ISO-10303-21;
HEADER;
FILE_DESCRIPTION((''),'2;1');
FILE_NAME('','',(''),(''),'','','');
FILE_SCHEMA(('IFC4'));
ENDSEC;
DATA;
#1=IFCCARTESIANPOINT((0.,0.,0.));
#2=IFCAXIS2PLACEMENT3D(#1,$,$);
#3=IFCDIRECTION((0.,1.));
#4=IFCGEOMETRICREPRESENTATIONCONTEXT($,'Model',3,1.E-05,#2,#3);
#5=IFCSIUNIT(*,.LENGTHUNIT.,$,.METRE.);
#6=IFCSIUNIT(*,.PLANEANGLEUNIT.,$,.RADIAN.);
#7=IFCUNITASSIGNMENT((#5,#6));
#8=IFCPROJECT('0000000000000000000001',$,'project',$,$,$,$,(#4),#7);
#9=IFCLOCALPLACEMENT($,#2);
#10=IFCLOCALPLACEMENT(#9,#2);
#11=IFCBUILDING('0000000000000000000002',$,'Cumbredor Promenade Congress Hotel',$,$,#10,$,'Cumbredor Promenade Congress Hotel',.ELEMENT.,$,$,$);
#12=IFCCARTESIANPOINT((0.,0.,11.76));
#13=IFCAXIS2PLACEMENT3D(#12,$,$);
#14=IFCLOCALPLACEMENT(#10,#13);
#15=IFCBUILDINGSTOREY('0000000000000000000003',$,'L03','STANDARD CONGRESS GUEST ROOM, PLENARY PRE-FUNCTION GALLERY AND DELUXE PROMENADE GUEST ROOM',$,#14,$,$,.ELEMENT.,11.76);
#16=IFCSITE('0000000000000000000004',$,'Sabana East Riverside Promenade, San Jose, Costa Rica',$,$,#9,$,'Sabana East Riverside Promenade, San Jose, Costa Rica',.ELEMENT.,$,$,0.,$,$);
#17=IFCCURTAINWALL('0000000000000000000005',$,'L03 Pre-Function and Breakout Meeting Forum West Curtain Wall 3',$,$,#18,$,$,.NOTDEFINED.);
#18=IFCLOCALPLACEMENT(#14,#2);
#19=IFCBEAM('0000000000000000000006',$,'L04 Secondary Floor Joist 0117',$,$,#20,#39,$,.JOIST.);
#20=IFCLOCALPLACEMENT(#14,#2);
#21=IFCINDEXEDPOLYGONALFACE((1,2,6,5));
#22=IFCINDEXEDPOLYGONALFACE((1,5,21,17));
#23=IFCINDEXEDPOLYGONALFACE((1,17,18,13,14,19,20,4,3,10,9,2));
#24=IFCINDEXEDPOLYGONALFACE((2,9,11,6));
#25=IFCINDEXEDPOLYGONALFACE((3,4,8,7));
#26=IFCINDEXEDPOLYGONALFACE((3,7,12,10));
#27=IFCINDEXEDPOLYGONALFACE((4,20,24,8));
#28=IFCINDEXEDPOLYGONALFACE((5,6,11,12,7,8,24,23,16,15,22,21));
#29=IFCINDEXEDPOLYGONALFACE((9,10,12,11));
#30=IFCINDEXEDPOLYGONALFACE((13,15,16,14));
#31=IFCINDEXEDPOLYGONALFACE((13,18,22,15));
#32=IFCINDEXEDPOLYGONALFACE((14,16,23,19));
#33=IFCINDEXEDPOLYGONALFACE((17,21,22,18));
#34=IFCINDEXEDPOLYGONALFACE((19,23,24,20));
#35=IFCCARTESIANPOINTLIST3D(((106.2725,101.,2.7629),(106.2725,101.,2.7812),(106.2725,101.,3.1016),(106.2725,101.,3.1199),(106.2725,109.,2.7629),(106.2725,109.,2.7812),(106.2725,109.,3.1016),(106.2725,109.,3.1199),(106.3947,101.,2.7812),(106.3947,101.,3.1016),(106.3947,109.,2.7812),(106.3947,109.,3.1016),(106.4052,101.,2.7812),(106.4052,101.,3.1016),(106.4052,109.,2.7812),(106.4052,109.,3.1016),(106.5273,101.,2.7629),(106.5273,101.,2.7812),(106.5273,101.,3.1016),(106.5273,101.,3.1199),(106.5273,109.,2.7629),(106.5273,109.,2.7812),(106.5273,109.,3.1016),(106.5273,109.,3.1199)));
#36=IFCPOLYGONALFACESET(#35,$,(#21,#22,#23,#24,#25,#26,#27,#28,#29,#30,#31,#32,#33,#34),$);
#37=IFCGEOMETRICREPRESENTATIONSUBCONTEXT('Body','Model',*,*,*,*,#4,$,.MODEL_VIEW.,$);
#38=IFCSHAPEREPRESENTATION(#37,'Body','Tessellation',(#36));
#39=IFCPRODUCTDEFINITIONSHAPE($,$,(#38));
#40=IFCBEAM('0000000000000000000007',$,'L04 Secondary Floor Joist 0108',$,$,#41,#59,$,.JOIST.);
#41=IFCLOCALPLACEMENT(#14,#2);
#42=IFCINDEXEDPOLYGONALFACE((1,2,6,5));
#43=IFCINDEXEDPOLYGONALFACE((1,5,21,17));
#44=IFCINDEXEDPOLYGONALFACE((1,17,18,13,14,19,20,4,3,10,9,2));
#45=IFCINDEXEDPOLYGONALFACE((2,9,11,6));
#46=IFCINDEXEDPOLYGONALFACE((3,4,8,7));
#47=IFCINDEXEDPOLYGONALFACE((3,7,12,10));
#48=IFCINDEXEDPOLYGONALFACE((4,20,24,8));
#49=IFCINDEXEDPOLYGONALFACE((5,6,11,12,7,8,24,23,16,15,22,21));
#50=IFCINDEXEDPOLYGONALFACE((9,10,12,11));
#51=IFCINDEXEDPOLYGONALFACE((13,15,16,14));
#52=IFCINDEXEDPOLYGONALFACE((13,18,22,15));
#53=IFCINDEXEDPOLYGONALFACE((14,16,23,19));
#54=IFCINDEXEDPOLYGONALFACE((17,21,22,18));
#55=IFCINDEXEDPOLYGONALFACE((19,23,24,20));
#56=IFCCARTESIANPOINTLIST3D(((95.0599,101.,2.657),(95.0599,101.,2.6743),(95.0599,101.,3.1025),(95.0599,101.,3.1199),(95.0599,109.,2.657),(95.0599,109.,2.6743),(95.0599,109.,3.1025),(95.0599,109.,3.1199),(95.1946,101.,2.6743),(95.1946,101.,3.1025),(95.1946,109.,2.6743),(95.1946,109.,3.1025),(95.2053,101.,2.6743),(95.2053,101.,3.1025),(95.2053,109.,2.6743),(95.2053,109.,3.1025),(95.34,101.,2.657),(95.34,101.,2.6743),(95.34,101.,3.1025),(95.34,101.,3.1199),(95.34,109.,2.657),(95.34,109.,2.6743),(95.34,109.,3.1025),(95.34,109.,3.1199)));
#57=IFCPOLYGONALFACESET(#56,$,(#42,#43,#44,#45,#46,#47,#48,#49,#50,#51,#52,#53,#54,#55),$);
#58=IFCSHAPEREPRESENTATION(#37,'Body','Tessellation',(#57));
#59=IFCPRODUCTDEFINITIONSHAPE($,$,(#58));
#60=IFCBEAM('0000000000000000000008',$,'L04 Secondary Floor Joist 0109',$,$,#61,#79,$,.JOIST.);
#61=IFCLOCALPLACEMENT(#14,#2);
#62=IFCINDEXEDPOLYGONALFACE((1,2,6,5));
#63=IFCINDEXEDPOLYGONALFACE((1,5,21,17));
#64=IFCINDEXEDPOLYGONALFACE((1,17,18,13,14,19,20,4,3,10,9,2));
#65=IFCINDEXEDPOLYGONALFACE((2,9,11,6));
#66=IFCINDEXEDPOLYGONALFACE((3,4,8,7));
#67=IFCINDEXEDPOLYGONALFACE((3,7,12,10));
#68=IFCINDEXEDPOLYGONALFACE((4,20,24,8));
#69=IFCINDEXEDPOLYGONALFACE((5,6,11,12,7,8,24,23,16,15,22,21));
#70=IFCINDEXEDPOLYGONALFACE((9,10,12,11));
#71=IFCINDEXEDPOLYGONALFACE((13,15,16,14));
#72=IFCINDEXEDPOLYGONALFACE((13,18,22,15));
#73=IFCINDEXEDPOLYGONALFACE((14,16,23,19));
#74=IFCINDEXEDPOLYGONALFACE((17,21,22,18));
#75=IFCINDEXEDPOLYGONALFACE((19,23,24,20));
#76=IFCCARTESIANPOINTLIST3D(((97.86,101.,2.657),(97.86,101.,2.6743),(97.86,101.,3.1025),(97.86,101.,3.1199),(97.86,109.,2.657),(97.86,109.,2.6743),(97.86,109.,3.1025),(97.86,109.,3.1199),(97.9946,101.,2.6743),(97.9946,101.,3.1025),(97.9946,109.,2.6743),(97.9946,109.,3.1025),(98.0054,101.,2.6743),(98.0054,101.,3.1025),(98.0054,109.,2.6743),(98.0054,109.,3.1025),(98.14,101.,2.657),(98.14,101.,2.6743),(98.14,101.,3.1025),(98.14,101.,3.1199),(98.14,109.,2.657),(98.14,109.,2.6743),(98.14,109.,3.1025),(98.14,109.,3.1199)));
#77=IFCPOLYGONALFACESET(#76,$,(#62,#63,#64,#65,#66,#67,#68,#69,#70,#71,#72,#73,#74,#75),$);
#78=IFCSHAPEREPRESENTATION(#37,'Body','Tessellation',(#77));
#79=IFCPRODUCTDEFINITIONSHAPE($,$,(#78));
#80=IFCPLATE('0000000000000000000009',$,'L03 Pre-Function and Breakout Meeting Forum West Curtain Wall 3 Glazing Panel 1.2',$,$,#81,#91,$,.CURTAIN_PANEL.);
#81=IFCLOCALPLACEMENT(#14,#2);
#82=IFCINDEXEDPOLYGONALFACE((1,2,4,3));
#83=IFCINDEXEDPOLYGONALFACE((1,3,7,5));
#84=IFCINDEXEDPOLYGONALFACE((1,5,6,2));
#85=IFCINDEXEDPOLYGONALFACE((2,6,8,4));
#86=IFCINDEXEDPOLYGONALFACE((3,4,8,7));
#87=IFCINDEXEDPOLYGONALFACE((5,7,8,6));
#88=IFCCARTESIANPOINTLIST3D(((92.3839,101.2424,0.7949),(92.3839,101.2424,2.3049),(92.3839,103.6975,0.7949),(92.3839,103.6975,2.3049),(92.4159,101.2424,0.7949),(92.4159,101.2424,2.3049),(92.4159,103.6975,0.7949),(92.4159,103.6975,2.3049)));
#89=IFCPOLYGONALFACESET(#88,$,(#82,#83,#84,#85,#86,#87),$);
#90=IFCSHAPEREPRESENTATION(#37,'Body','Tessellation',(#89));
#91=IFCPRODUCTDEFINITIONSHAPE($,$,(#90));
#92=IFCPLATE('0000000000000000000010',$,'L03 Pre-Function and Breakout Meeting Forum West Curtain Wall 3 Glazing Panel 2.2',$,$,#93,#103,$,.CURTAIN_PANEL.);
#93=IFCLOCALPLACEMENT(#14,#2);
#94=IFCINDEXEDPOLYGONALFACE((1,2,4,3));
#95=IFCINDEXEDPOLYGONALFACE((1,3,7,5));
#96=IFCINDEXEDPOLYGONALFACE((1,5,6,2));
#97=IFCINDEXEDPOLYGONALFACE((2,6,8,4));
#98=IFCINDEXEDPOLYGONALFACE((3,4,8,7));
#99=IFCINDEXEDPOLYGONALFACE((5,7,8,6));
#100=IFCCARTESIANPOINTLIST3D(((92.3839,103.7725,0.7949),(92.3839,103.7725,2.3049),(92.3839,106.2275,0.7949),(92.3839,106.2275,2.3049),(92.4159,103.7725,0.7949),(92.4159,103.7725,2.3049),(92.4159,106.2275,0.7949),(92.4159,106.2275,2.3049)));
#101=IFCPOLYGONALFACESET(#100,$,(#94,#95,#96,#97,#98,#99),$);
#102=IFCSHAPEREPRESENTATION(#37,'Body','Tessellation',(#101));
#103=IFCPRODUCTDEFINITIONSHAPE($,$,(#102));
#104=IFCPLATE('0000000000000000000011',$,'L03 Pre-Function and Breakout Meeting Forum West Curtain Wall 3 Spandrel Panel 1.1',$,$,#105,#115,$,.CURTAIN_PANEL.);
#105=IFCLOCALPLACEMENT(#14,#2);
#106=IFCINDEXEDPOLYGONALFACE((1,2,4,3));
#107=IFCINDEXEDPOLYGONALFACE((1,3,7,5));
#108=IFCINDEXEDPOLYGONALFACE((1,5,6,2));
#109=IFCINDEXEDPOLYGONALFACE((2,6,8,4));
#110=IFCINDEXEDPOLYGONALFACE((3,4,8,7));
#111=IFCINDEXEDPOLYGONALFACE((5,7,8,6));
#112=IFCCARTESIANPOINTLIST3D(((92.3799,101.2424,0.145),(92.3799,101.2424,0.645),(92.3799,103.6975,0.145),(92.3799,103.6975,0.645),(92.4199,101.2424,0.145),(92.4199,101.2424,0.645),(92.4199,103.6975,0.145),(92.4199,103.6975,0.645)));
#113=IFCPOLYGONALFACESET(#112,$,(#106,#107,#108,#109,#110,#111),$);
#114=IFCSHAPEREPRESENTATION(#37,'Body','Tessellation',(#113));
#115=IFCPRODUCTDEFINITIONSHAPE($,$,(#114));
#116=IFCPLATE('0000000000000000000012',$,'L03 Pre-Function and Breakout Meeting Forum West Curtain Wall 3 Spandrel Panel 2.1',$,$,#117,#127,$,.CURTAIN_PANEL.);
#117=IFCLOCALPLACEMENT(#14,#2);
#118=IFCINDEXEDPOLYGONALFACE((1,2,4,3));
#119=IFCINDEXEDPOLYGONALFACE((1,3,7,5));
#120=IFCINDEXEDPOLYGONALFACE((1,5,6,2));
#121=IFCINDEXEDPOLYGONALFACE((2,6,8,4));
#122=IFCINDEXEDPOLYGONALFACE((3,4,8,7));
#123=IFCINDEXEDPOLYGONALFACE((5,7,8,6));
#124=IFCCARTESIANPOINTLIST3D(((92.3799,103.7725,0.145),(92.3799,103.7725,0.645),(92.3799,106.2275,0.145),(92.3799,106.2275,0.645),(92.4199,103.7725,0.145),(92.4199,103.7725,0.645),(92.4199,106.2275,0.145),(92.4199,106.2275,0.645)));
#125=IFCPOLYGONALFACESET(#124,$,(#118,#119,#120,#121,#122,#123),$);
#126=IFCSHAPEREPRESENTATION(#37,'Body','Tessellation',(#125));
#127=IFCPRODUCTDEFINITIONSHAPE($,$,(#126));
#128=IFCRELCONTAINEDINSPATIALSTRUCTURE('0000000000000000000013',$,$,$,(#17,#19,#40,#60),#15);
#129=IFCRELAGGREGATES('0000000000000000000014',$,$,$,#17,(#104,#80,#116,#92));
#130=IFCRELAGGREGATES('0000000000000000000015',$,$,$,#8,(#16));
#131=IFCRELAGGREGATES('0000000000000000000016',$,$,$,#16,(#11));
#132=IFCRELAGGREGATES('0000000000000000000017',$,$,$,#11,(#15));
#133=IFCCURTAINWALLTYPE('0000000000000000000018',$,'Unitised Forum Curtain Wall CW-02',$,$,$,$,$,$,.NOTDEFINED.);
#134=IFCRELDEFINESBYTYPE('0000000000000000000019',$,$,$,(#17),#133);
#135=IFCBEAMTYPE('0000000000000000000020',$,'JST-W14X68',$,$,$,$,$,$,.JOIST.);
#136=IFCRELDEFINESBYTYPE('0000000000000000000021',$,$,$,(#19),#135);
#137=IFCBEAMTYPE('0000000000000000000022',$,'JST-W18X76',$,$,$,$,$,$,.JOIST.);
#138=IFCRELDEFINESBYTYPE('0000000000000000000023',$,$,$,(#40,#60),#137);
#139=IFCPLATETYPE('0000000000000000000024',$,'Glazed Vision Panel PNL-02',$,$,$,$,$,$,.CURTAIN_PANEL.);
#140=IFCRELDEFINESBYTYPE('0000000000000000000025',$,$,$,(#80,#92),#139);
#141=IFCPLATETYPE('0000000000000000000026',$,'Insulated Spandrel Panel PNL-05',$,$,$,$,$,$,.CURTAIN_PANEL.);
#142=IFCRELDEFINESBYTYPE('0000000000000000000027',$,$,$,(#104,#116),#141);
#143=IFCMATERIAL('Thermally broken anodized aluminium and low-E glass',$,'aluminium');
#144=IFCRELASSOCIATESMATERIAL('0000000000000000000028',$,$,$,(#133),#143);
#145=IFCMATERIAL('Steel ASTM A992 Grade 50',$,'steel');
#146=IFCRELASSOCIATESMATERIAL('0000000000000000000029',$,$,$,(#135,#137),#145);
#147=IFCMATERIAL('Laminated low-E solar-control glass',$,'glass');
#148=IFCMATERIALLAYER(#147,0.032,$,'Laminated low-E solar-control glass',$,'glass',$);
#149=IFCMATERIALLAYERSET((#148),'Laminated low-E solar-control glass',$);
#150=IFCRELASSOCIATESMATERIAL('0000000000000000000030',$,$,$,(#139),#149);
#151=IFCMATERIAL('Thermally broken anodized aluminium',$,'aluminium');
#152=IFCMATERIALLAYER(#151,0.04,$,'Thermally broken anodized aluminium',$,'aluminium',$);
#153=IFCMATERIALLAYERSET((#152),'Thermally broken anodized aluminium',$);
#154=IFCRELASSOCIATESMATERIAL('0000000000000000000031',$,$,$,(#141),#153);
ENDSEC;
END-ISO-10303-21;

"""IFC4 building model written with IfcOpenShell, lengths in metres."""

from ifc_helpers import new_model, si_unit, direction, frame, origin, origin_2d, place, context, subcontext, project, spatial, rectangle, i_section, extrude, material, layer, layer_set, material_profile, profile_set, type_object, element, aggregate, save


model = new_model("IFC4")

# Units and contexts
model_context = context("Model", 3, precision=1e-05, world=origin(), true_north=direction((0.0, 1.0)))
body_context = subcontext(model_context, "Body", "Model", "MODEL_VIEW")
ifc_project = project(units=[si_unit("LENGTHUNIT", "METRE"), si_unit("PLANEANGLEUNIT", "RADIAN")], contexts=[model_context])

# Site, building, storey
site_placement = place(None, origin())
site = spatial("IfcSite", under=ifc_project, at=site_placement, Name="Sabana East Riverside Promenade, San Jose, Costa Rica", LongName="Sabana East Riverside Promenade, San Jose, Costa Rica", CompositionType="ELEMENT", RefElevation=0.0)
building_placement = place(site_placement, origin())
building = spatial("IfcBuilding", under=site, at=building_placement, Name="Cumbredor Promenade Congress Hotel", LongName="Cumbredor Promenade Congress Hotel", CompositionType="ELEMENT")
storey_placement = place(building_placement, frame((0.0, 0.0, 11.76)))
storey = spatial("IfcBuildingStorey", under=building, at=storey_placement, Name="L03", Description="STANDARD CONGRESS GUEST ROOM, PLENARY PRE-FUNCTION GALLERY AND DELUXE PROMENADE GUEST ROOM", CompositionType="ELEMENT", Elevation=11.76)

# Curtain wall
ifc_material_1 = material(Name="Thermally broken anodized aluminium and low-E glass", Category="aluminium")
curtain_wall_type = type_object("IfcCurtainWallType", Name="Unitised Forum Curtain Wall CW-02", PredefinedType="NOTDEFINED", material=ifc_material_1)
curtain_wall_placement = place(storey_placement, origin())
curtain_wall = element("IfcCurtainWall", 1, at=curtain_wall_placement, inside=storey, type_object=curtain_wall_type, Name="L03 Pre-Function and Breakout Meeting Forum West Curtain Wall 3", PredefinedType="NOTDEFINED")
ifc_material_2 = material(Name="Thermally broken anodized aluminium", Category="aluminium")

# Beams
ifc_material_3 = material(Name="Steel ASTM A992 Grade 50", Category="steel")
ifc_material_profile_1 = material_profile(ifc_material_3, i_section(OverallWidth=0.2549, OverallDepth=0.3569, WebThickness=0.0105, FlangeThickness=0.0183, at=origin_2d()), Name="W14X68")
ifc_profile_set_1 = profile_set([ifc_material_profile_1], Name="Steel ASTM A992 Grade 50")
beam_type_1 = type_object("IfcBeamType", Name="JST-W14X68", PredefinedType="JOIST", material=ifc_profile_set_1)
for number, where, z_axis, x_axis, name in (
    (2, (106.3999, 101.0, 2.9414), (0.0, 1.0, 0.0), (-1.0, 0.0, 0.0), "L04 Secondary Floor Joist 0117"),
):
    element("IfcBeam", number, at=place(storey_placement, frame(where, z_axis=z_axis, x_axis=x_axis)), inside=storey, type_object=beam_type_1, Name=name, PredefinedType="JOIST", context=body_context, shape_type="SweptSolid", body=[
        extrude(i_section(OverallWidth=0.2549, OverallDepth=0.3569, WebThickness=0.0105, FlangeThickness=0.0183, at=origin_2d()), origin(), (0.0, 0.0, 1.0), 8.0),
    ])
ifc_material_profile_2 = material_profile(ifc_material_3, i_section(OverallWidth=0.28, OverallDepth=0.4629, WebThickness=0.0107, FlangeThickness=0.0173, at=origin_2d()), Name="W18X76")
ifc_profile_set_2 = profile_set([ifc_material_profile_2], Name="Steel ASTM A992 Grade 50")
beam_type_2 = type_object("IfcBeamType", Name="JST-W18X76", PredefinedType="JOIST", material=ifc_profile_set_2)
for number, where, z_axis, x_axis, name in (
    (3, (95.2, 101.0, 2.8884), (0.0, 1.0, 0.0), (-1.0, 0.0, 0.0), "L04 Secondary Floor Joist 0108"),
    (4, (98.0, 101.0, 2.8884), (0.0, 1.0, 0.0), (-1.0, 0.0, 0.0), "L04 Secondary Floor Joist 0109"),
):
    element("IfcBeam", number, at=place(storey_placement, frame(where, z_axis=z_axis, x_axis=x_axis)), inside=storey, type_object=beam_type_2, Name=name, PredefinedType="JOIST", context=body_context, shape_type="SweptSolid", body=[
        extrude(i_section(OverallWidth=0.28, OverallDepth=0.4629, WebThickness=0.0107, FlangeThickness=0.0173, at=origin_2d()), origin(), (0.0, 0.0, 1.0), 8.0),
    ])

# Plates
ifc_material_4 = material(Name="Laminated low-E solar-control glass", Category="glass")
ifc_layer_1 = layer(ifc_material_4, 0.032, Name="Laminated low-E solar-control glass", Category="glass")
ifc_layer_set_1 = layer_set([ifc_layer_1], Name="Laminated low-E solar-control glass")
plate_type_1 = type_object("IfcPlateType", Name="Glazed Vision Panel PNL-02", PredefinedType="CURTAIN_PANEL", material=ifc_layer_set_1)
plate_1_placement = place(storey_placement, frame((92.3999, 102.47, 0.7949), z_axis=(0.0, 0.0, 1.0), x_axis=(0.0, 1.0, 0.0)))
plate_1 = element("IfcPlate", 5, at=plate_1_placement, type_object=plate_type_1, Name="L03 Pre-Function and Breakout Meeting Forum West Curtain Wall 3 Glazing Panel 1.2", PredefinedType="CURTAIN_PANEL", context=body_context, shape_type="SweptSolid", body=[
    extrude(rectangle(XDim=2.4551, YDim=0.032, at=origin_2d()), origin(), (0.0, 0.0, 1.0), 1.51),
])
plate_2_placement = place(storey_placement, frame((92.3999, 105.0, 0.7949), z_axis=(0.0, 0.0, 1.0), x_axis=(0.0, 1.0, 0.0)))
plate_2 = element("IfcPlate", 6, at=plate_2_placement, type_object=plate_type_1, Name="L03 Pre-Function and Breakout Meeting Forum West Curtain Wall 3 Glazing Panel 2.2", PredefinedType="CURTAIN_PANEL", context=body_context, shape_type="SweptSolid", body=[
    extrude(rectangle(XDim=2.4551, YDim=0.032, at=origin_2d()), origin(), (0.0, 0.0, 1.0), 1.51),
])
ifc_layer_2 = layer(ifc_material_2, 0.04, Name="Thermally broken anodized aluminium", Category="aluminium")
ifc_layer_set_2 = layer_set([ifc_layer_2], Name="Thermally broken anodized aluminium")
plate_type_2 = type_object("IfcPlateType", Name="Insulated Spandrel Panel PNL-05", PredefinedType="CURTAIN_PANEL", material=ifc_layer_set_2)
plate_3_placement = place(storey_placement, frame((92.3999, 102.47, 0.145), z_axis=(0.0, 0.0, 1.0), x_axis=(0.0, 1.0, 0.0)))
plate_3 = element("IfcPlate", 7, at=plate_3_placement, type_object=plate_type_2, Name="L03 Pre-Function and Breakout Meeting Forum West Curtain Wall 3 Spandrel Panel 1.1", PredefinedType="CURTAIN_PANEL", context=body_context, shape_type="SweptSolid", body=[
    extrude(rectangle(XDim=2.4551, YDim=0.04, at=origin_2d()), origin(), (0.0, 0.0, 1.0), 0.5),
])
plate_4_placement = place(storey_placement, frame((92.3999, 105.0, 0.145), z_axis=(0.0, 0.0, 1.0), x_axis=(0.0, 1.0, 0.0)))
plate_4 = element("IfcPlate", 8, at=plate_4_placement, type_object=plate_type_2, Name="L03 Pre-Function and Breakout Meeting Forum West Curtain Wall 3 Spandrel Panel 2.1", PredefinedType="CURTAIN_PANEL", context=body_context, shape_type="SweptSolid", body=[
    extrude(rectangle(XDim=2.4551, YDim=0.04, at=origin_2d()), origin(), (0.0, 0.0, 1.0), 0.5),
])
aggregate(curtain_wall, [plate_3, plate_1, plate_4, plate_2])

save(model, "model.ifc")
